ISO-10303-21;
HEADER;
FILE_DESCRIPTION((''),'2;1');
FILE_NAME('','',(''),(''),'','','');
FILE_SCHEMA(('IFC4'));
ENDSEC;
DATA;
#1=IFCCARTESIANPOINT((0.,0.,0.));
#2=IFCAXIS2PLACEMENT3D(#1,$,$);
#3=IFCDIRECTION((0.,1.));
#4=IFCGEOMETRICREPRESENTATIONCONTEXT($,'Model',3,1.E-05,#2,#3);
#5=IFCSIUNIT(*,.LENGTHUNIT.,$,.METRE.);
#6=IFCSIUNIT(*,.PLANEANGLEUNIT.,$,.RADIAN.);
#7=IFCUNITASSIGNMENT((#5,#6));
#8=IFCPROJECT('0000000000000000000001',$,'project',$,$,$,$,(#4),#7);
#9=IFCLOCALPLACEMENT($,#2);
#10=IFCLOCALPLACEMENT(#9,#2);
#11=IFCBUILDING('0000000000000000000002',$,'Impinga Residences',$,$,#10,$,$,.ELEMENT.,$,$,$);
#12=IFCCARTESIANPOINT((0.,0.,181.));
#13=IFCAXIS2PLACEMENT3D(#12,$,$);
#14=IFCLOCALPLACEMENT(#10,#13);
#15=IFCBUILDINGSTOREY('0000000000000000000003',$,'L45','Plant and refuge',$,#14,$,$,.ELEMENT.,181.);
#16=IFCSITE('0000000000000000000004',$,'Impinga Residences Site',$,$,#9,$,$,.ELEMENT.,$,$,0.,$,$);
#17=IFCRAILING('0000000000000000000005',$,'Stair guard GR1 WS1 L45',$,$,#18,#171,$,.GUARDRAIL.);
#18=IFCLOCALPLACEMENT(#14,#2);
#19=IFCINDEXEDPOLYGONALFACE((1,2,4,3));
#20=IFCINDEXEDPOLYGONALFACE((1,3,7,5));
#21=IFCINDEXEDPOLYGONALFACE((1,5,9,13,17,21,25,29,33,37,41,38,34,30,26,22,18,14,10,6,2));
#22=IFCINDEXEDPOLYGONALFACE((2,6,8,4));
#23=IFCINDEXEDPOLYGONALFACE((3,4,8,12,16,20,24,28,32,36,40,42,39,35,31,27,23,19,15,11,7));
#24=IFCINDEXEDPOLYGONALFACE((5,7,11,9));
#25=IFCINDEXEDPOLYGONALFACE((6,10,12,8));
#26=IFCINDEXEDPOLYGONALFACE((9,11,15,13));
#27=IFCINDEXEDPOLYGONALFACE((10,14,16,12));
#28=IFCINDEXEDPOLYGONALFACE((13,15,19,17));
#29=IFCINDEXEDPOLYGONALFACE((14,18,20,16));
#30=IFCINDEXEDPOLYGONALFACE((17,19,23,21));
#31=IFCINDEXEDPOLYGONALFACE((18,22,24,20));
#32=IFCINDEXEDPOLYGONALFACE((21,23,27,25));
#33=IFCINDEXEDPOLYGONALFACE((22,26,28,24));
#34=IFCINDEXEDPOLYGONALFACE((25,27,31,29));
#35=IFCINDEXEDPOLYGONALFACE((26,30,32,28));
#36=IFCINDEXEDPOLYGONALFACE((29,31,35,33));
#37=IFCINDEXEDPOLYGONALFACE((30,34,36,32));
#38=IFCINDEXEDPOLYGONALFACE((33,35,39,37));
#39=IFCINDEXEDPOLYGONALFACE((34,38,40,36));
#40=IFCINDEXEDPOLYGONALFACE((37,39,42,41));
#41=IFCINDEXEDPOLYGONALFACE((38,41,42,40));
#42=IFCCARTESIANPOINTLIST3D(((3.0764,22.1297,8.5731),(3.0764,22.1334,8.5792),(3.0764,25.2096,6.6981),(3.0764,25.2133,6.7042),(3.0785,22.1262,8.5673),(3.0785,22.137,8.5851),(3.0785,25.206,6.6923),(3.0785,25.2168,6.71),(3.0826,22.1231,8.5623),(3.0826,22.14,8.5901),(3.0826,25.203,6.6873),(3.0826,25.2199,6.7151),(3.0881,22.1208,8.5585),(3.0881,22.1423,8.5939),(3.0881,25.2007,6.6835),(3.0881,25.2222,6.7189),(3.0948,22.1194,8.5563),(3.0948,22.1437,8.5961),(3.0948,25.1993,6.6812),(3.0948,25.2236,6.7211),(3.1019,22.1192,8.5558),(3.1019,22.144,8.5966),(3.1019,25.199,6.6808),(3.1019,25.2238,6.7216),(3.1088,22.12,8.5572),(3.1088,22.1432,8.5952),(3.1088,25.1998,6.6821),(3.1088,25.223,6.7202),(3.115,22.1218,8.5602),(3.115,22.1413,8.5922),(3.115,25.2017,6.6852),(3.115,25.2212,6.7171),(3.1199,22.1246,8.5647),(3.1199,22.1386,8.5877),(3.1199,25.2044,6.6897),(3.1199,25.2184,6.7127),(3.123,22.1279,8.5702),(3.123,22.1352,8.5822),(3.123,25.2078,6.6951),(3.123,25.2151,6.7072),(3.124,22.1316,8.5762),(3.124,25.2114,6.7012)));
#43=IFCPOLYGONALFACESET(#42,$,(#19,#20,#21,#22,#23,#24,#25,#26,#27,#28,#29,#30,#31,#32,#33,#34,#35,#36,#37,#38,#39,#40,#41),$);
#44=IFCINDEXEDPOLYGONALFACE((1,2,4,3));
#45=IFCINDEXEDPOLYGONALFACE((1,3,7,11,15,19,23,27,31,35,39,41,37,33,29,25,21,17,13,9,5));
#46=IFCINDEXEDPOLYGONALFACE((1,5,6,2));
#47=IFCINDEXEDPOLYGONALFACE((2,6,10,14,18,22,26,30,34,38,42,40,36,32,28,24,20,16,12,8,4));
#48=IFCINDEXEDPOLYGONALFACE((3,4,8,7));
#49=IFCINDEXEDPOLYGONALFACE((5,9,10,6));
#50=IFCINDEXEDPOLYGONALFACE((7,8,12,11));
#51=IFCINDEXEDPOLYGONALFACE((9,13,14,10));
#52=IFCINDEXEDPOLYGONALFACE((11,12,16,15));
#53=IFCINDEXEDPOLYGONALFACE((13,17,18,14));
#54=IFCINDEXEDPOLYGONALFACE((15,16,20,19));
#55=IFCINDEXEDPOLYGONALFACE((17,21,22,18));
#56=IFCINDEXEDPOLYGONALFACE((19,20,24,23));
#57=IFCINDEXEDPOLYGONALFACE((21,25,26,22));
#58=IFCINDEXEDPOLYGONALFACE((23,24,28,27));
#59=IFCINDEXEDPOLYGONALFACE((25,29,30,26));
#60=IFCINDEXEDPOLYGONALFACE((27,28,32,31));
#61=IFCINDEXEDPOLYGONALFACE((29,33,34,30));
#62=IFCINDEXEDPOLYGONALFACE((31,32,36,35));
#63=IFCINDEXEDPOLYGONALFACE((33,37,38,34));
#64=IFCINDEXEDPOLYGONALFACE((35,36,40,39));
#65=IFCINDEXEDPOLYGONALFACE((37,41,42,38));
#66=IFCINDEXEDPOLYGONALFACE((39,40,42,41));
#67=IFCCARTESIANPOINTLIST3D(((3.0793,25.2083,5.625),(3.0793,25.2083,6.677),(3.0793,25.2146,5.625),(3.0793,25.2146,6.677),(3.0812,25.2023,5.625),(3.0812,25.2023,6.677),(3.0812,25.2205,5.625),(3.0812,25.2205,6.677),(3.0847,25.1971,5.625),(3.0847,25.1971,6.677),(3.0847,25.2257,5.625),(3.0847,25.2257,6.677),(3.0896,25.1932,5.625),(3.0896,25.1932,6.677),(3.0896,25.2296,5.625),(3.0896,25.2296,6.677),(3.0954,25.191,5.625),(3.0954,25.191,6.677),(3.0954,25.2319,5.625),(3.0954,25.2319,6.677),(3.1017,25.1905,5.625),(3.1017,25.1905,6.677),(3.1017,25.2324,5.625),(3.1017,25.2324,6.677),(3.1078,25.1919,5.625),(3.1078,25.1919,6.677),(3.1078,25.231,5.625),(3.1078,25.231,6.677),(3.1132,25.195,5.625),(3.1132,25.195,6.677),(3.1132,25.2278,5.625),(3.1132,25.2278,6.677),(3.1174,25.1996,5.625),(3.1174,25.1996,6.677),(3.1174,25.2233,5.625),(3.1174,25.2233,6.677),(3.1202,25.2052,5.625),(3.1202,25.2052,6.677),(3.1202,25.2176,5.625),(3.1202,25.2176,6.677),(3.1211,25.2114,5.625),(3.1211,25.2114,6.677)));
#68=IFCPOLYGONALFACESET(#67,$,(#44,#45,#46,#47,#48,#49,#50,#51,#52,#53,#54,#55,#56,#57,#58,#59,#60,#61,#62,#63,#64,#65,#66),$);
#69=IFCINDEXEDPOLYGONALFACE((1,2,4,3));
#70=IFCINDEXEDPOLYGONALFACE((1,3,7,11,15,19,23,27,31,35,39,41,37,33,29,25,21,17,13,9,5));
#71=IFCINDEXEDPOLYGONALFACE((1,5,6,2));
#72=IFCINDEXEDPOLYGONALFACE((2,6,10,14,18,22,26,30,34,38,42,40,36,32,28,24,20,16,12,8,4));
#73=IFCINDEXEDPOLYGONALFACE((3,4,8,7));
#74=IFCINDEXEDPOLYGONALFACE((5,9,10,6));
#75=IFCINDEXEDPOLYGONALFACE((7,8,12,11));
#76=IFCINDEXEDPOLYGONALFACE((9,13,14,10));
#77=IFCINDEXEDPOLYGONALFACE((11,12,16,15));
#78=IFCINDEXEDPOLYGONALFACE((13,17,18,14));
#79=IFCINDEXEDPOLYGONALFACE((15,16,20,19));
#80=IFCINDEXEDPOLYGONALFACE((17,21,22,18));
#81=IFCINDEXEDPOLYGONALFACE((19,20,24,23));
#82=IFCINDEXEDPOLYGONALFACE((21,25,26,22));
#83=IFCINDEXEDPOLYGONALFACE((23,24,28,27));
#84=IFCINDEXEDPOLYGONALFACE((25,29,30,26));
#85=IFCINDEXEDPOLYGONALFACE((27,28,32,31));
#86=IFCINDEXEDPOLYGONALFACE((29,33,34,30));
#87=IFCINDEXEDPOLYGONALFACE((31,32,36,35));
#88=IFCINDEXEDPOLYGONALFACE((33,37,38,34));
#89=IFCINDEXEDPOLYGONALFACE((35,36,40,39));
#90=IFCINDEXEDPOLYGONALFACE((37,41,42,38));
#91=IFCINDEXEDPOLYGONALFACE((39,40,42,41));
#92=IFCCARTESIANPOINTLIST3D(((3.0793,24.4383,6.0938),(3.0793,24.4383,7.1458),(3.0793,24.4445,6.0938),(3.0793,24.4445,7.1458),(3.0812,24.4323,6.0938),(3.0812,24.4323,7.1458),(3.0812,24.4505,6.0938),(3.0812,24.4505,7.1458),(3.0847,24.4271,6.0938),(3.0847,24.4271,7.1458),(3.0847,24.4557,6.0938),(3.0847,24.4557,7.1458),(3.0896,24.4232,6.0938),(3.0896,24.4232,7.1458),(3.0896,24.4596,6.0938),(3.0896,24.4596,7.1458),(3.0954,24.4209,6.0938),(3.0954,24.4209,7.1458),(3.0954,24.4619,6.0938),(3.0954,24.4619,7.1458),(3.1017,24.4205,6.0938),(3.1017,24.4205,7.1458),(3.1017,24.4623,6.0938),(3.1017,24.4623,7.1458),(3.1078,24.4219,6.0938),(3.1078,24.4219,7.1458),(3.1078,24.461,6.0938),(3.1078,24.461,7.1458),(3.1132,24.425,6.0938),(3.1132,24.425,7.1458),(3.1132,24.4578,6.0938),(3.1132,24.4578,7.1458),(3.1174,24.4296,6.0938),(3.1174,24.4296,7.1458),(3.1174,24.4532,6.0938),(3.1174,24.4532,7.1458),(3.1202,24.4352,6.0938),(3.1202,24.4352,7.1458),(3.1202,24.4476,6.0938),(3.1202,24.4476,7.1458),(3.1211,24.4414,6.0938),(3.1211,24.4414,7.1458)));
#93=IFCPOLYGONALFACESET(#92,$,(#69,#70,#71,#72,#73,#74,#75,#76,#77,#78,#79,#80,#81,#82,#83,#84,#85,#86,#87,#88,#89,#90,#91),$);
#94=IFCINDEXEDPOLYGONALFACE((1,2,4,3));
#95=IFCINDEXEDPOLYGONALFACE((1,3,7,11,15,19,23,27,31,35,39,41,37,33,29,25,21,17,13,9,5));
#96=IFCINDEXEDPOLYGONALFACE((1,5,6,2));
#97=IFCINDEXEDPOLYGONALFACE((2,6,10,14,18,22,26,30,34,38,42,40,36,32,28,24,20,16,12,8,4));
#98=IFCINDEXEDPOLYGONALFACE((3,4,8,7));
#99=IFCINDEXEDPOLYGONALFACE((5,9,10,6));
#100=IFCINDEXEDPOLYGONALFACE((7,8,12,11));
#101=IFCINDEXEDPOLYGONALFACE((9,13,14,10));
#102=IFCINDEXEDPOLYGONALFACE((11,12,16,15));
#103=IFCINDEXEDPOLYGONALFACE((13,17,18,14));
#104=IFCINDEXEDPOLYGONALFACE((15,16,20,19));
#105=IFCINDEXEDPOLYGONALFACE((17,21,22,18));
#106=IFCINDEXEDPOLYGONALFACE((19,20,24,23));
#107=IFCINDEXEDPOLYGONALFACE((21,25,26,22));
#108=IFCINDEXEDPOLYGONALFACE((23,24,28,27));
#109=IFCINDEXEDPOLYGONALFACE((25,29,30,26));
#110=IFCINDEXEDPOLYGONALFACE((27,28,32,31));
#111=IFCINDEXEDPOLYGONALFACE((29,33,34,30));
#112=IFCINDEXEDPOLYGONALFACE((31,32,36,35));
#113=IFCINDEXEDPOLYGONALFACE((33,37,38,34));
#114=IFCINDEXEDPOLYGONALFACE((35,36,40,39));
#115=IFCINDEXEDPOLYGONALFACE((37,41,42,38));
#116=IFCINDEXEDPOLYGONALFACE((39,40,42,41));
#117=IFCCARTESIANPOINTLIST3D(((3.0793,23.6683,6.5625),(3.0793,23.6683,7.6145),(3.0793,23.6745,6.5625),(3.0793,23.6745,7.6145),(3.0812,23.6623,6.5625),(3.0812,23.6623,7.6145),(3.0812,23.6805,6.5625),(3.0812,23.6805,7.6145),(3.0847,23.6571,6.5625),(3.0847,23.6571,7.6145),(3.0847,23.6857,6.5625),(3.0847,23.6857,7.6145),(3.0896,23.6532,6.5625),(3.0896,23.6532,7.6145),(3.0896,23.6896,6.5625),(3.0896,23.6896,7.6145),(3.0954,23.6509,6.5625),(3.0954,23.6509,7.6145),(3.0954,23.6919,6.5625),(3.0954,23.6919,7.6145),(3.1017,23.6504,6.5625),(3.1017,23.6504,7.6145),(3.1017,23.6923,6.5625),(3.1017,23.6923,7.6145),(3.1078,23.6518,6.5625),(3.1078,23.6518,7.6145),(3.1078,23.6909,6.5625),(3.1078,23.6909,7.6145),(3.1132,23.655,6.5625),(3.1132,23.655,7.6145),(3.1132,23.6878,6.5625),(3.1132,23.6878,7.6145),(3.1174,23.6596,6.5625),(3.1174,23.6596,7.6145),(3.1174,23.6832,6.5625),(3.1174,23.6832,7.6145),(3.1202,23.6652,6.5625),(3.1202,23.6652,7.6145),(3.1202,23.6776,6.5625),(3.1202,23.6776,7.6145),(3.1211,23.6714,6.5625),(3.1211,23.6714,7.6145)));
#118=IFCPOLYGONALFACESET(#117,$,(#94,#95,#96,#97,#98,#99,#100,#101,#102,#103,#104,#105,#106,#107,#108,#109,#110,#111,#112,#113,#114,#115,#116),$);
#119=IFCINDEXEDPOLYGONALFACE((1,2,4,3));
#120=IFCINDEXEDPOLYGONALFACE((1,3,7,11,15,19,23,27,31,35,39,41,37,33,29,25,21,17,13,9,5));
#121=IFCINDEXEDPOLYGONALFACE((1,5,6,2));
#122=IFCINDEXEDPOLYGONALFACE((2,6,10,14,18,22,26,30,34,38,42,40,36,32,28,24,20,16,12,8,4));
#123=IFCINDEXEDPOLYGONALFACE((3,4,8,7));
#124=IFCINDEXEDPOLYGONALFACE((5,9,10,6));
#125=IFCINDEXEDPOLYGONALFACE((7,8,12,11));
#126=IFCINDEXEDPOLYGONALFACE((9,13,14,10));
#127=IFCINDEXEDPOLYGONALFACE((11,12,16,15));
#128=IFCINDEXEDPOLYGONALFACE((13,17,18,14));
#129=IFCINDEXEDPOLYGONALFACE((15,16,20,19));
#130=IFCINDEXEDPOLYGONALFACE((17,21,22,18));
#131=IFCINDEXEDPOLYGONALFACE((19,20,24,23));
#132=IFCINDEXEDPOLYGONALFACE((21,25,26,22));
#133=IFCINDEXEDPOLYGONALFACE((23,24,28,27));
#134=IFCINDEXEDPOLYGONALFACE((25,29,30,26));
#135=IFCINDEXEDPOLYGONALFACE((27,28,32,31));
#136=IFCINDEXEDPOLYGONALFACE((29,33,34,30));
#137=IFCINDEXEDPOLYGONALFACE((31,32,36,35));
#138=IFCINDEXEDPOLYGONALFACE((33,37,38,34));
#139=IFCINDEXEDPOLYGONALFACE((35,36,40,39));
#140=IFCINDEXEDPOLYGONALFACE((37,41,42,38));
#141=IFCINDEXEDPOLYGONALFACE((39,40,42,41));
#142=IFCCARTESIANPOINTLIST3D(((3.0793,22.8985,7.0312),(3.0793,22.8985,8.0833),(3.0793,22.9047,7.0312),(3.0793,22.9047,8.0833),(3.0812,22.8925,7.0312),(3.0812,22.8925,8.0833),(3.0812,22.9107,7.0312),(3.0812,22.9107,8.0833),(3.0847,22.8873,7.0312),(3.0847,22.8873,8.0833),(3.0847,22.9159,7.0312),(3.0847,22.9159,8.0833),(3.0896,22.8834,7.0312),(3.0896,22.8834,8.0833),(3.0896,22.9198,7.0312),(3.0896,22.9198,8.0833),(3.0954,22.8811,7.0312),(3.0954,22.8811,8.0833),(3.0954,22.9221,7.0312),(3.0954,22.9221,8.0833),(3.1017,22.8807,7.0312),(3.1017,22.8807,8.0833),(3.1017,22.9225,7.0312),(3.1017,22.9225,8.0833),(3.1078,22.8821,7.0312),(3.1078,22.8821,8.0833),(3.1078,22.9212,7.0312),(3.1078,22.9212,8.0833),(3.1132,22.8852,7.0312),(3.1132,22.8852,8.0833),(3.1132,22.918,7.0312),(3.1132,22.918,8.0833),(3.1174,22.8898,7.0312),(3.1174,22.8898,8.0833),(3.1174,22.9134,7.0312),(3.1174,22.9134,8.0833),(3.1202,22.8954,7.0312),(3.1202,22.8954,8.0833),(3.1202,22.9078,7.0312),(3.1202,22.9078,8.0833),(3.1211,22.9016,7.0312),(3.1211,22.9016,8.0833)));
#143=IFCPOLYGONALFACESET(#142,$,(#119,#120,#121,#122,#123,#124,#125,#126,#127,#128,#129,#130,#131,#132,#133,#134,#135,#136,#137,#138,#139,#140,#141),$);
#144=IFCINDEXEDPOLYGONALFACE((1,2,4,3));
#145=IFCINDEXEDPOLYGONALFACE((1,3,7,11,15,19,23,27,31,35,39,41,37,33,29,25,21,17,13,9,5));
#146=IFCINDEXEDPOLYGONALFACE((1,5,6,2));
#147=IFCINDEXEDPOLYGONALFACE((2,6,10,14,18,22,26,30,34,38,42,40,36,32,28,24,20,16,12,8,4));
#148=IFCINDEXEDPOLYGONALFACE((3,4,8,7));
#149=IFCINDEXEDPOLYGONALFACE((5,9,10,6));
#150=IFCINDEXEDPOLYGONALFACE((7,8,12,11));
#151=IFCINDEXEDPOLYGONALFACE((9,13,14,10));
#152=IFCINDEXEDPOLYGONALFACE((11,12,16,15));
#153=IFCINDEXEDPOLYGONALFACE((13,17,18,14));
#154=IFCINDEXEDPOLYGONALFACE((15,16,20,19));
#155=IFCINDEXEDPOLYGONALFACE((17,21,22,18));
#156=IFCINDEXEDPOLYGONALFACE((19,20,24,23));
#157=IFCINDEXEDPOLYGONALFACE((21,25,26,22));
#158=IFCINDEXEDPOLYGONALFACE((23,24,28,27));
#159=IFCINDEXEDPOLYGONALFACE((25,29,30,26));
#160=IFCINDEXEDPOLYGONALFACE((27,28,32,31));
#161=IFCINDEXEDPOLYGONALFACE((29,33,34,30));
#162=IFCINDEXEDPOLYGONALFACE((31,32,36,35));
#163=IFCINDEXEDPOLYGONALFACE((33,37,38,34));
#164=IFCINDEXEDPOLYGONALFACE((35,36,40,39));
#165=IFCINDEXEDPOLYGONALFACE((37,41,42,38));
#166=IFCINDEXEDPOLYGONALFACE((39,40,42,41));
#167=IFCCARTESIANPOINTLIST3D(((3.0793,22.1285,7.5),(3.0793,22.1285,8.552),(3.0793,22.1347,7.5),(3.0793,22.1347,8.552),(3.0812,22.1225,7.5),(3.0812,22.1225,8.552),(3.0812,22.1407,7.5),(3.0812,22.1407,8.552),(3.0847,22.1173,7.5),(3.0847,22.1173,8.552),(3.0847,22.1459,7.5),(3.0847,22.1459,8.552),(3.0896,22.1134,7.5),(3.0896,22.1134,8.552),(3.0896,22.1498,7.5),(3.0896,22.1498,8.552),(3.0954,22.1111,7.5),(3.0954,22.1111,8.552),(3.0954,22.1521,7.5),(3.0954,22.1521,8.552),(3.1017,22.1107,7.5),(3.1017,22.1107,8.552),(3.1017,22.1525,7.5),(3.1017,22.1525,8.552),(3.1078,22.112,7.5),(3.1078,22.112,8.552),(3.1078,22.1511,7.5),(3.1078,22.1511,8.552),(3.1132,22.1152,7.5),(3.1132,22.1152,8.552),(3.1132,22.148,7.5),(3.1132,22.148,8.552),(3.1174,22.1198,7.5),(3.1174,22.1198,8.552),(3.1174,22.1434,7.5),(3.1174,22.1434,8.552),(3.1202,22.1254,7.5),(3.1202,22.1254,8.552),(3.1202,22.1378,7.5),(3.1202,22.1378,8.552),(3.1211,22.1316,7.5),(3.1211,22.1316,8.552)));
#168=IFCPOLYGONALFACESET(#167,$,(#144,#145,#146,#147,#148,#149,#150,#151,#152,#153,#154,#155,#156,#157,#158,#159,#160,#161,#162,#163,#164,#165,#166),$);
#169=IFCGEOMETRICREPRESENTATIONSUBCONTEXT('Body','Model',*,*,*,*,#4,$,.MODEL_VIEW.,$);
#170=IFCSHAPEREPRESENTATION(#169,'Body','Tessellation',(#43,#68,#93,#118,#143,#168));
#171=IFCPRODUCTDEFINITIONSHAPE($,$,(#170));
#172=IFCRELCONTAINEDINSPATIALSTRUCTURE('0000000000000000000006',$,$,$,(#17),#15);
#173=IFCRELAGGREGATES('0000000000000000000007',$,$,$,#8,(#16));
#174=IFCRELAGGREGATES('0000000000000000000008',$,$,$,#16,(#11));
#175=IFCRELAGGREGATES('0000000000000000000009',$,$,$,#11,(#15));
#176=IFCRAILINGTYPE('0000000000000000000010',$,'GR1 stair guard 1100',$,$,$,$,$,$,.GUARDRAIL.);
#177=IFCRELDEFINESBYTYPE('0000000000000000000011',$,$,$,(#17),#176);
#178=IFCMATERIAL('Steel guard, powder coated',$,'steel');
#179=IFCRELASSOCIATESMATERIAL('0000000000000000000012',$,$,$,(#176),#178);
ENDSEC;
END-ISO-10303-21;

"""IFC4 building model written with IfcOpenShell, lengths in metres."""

from ifc_helpers import new_model, si_unit, direction, frame, origin, origin_2d, place, context, subcontext, project, spatial, circle, extrude, material, type_object, element, save


model = new_model("IFC4")

# Units and contexts
model_context = context("Model", 3, precision=1e-05, world=origin(), true_north=direction((0.0, 1.0)))
body_context = subcontext(model_context, "Body", "Model", "MODEL_VIEW")
ifc_project = project(units=[si_unit("LENGTHUNIT", "METRE"), si_unit("PLANEANGLEUNIT", "RADIAN")], contexts=[model_context])

# Site, building, storey
site_placement = place(None, origin())
site = spatial("IfcSite", under=ifc_project, at=site_placement, Name="Impinga Residences Site", CompositionType="ELEMENT", RefElevation=0.0)
building_placement = place(site_placement, origin())
building = spatial("IfcBuilding", under=site, at=building_placement, Name="Impinga Residences", CompositionType="ELEMENT")
storey_placement = place(building_placement, frame((0.0, 0.0, 181.0)))
storey = spatial("IfcBuildingStorey", under=building, at=storey_placement, Name="L45", Description="Plant and refuge", CompositionType="ELEMENT", Elevation=181.0)

# Railing
ifc_material_1 = material(Name="Steel guard, powder coated", Category="steel")
railing_type_1 = type_object("IfcRailingType", Name="GR1 stair guard 1100", PredefinedType="GUARDRAIL", material=ifc_material_1)
for number, where, name in (
    (1, (3.1001, 25.2114, 5.625), "Stair guard GR1 WS1 L45"),
):
    element("IfcRailing", number, at=place(storey_placement, frame(where)), inside=storey, type_object=railing_type_1, Name=name, PredefinedType="GUARDRAIL", context=body_context, shape_type="SweptSolid", body=[
        extrude(circle(Radius=0.0239, at=origin_2d()), frame((0.0, 0.0, 1.0762), z_axis=(0.0, -0.854159, 0.520011), x_axis=(1.0, 0.0, 0.0)), (0.0, 0.0, 1.0), 3.6057),
        extrude(circle(Radius=0.021, at=origin_2d()), origin(), (0.0, 0.0, 1.0), 1.052),
        extrude(circle(Radius=0.021, at=origin_2d()), frame((0.0, -0.77, 0.4688)), (0.0, 0.0, 1.0), 1.052),
        extrude(circle(Radius=0.021, at=origin_2d()), frame((0.0, -1.54, 0.9375)), (0.0, 0.0, 1.0), 1.052),
        extrude(circle(Radius=0.021, at=origin_2d()), frame((0.0, -2.3098, 1.4062)), (0.0, 0.0, 1.0), 1.052),
        extrude(circle(Radius=0.021, at=origin_2d()), frame((0.0, -3.0798, 1.875)), (0.0, 0.0, 1.0), 1.052),
    ])

save(model, "model.ifc")
